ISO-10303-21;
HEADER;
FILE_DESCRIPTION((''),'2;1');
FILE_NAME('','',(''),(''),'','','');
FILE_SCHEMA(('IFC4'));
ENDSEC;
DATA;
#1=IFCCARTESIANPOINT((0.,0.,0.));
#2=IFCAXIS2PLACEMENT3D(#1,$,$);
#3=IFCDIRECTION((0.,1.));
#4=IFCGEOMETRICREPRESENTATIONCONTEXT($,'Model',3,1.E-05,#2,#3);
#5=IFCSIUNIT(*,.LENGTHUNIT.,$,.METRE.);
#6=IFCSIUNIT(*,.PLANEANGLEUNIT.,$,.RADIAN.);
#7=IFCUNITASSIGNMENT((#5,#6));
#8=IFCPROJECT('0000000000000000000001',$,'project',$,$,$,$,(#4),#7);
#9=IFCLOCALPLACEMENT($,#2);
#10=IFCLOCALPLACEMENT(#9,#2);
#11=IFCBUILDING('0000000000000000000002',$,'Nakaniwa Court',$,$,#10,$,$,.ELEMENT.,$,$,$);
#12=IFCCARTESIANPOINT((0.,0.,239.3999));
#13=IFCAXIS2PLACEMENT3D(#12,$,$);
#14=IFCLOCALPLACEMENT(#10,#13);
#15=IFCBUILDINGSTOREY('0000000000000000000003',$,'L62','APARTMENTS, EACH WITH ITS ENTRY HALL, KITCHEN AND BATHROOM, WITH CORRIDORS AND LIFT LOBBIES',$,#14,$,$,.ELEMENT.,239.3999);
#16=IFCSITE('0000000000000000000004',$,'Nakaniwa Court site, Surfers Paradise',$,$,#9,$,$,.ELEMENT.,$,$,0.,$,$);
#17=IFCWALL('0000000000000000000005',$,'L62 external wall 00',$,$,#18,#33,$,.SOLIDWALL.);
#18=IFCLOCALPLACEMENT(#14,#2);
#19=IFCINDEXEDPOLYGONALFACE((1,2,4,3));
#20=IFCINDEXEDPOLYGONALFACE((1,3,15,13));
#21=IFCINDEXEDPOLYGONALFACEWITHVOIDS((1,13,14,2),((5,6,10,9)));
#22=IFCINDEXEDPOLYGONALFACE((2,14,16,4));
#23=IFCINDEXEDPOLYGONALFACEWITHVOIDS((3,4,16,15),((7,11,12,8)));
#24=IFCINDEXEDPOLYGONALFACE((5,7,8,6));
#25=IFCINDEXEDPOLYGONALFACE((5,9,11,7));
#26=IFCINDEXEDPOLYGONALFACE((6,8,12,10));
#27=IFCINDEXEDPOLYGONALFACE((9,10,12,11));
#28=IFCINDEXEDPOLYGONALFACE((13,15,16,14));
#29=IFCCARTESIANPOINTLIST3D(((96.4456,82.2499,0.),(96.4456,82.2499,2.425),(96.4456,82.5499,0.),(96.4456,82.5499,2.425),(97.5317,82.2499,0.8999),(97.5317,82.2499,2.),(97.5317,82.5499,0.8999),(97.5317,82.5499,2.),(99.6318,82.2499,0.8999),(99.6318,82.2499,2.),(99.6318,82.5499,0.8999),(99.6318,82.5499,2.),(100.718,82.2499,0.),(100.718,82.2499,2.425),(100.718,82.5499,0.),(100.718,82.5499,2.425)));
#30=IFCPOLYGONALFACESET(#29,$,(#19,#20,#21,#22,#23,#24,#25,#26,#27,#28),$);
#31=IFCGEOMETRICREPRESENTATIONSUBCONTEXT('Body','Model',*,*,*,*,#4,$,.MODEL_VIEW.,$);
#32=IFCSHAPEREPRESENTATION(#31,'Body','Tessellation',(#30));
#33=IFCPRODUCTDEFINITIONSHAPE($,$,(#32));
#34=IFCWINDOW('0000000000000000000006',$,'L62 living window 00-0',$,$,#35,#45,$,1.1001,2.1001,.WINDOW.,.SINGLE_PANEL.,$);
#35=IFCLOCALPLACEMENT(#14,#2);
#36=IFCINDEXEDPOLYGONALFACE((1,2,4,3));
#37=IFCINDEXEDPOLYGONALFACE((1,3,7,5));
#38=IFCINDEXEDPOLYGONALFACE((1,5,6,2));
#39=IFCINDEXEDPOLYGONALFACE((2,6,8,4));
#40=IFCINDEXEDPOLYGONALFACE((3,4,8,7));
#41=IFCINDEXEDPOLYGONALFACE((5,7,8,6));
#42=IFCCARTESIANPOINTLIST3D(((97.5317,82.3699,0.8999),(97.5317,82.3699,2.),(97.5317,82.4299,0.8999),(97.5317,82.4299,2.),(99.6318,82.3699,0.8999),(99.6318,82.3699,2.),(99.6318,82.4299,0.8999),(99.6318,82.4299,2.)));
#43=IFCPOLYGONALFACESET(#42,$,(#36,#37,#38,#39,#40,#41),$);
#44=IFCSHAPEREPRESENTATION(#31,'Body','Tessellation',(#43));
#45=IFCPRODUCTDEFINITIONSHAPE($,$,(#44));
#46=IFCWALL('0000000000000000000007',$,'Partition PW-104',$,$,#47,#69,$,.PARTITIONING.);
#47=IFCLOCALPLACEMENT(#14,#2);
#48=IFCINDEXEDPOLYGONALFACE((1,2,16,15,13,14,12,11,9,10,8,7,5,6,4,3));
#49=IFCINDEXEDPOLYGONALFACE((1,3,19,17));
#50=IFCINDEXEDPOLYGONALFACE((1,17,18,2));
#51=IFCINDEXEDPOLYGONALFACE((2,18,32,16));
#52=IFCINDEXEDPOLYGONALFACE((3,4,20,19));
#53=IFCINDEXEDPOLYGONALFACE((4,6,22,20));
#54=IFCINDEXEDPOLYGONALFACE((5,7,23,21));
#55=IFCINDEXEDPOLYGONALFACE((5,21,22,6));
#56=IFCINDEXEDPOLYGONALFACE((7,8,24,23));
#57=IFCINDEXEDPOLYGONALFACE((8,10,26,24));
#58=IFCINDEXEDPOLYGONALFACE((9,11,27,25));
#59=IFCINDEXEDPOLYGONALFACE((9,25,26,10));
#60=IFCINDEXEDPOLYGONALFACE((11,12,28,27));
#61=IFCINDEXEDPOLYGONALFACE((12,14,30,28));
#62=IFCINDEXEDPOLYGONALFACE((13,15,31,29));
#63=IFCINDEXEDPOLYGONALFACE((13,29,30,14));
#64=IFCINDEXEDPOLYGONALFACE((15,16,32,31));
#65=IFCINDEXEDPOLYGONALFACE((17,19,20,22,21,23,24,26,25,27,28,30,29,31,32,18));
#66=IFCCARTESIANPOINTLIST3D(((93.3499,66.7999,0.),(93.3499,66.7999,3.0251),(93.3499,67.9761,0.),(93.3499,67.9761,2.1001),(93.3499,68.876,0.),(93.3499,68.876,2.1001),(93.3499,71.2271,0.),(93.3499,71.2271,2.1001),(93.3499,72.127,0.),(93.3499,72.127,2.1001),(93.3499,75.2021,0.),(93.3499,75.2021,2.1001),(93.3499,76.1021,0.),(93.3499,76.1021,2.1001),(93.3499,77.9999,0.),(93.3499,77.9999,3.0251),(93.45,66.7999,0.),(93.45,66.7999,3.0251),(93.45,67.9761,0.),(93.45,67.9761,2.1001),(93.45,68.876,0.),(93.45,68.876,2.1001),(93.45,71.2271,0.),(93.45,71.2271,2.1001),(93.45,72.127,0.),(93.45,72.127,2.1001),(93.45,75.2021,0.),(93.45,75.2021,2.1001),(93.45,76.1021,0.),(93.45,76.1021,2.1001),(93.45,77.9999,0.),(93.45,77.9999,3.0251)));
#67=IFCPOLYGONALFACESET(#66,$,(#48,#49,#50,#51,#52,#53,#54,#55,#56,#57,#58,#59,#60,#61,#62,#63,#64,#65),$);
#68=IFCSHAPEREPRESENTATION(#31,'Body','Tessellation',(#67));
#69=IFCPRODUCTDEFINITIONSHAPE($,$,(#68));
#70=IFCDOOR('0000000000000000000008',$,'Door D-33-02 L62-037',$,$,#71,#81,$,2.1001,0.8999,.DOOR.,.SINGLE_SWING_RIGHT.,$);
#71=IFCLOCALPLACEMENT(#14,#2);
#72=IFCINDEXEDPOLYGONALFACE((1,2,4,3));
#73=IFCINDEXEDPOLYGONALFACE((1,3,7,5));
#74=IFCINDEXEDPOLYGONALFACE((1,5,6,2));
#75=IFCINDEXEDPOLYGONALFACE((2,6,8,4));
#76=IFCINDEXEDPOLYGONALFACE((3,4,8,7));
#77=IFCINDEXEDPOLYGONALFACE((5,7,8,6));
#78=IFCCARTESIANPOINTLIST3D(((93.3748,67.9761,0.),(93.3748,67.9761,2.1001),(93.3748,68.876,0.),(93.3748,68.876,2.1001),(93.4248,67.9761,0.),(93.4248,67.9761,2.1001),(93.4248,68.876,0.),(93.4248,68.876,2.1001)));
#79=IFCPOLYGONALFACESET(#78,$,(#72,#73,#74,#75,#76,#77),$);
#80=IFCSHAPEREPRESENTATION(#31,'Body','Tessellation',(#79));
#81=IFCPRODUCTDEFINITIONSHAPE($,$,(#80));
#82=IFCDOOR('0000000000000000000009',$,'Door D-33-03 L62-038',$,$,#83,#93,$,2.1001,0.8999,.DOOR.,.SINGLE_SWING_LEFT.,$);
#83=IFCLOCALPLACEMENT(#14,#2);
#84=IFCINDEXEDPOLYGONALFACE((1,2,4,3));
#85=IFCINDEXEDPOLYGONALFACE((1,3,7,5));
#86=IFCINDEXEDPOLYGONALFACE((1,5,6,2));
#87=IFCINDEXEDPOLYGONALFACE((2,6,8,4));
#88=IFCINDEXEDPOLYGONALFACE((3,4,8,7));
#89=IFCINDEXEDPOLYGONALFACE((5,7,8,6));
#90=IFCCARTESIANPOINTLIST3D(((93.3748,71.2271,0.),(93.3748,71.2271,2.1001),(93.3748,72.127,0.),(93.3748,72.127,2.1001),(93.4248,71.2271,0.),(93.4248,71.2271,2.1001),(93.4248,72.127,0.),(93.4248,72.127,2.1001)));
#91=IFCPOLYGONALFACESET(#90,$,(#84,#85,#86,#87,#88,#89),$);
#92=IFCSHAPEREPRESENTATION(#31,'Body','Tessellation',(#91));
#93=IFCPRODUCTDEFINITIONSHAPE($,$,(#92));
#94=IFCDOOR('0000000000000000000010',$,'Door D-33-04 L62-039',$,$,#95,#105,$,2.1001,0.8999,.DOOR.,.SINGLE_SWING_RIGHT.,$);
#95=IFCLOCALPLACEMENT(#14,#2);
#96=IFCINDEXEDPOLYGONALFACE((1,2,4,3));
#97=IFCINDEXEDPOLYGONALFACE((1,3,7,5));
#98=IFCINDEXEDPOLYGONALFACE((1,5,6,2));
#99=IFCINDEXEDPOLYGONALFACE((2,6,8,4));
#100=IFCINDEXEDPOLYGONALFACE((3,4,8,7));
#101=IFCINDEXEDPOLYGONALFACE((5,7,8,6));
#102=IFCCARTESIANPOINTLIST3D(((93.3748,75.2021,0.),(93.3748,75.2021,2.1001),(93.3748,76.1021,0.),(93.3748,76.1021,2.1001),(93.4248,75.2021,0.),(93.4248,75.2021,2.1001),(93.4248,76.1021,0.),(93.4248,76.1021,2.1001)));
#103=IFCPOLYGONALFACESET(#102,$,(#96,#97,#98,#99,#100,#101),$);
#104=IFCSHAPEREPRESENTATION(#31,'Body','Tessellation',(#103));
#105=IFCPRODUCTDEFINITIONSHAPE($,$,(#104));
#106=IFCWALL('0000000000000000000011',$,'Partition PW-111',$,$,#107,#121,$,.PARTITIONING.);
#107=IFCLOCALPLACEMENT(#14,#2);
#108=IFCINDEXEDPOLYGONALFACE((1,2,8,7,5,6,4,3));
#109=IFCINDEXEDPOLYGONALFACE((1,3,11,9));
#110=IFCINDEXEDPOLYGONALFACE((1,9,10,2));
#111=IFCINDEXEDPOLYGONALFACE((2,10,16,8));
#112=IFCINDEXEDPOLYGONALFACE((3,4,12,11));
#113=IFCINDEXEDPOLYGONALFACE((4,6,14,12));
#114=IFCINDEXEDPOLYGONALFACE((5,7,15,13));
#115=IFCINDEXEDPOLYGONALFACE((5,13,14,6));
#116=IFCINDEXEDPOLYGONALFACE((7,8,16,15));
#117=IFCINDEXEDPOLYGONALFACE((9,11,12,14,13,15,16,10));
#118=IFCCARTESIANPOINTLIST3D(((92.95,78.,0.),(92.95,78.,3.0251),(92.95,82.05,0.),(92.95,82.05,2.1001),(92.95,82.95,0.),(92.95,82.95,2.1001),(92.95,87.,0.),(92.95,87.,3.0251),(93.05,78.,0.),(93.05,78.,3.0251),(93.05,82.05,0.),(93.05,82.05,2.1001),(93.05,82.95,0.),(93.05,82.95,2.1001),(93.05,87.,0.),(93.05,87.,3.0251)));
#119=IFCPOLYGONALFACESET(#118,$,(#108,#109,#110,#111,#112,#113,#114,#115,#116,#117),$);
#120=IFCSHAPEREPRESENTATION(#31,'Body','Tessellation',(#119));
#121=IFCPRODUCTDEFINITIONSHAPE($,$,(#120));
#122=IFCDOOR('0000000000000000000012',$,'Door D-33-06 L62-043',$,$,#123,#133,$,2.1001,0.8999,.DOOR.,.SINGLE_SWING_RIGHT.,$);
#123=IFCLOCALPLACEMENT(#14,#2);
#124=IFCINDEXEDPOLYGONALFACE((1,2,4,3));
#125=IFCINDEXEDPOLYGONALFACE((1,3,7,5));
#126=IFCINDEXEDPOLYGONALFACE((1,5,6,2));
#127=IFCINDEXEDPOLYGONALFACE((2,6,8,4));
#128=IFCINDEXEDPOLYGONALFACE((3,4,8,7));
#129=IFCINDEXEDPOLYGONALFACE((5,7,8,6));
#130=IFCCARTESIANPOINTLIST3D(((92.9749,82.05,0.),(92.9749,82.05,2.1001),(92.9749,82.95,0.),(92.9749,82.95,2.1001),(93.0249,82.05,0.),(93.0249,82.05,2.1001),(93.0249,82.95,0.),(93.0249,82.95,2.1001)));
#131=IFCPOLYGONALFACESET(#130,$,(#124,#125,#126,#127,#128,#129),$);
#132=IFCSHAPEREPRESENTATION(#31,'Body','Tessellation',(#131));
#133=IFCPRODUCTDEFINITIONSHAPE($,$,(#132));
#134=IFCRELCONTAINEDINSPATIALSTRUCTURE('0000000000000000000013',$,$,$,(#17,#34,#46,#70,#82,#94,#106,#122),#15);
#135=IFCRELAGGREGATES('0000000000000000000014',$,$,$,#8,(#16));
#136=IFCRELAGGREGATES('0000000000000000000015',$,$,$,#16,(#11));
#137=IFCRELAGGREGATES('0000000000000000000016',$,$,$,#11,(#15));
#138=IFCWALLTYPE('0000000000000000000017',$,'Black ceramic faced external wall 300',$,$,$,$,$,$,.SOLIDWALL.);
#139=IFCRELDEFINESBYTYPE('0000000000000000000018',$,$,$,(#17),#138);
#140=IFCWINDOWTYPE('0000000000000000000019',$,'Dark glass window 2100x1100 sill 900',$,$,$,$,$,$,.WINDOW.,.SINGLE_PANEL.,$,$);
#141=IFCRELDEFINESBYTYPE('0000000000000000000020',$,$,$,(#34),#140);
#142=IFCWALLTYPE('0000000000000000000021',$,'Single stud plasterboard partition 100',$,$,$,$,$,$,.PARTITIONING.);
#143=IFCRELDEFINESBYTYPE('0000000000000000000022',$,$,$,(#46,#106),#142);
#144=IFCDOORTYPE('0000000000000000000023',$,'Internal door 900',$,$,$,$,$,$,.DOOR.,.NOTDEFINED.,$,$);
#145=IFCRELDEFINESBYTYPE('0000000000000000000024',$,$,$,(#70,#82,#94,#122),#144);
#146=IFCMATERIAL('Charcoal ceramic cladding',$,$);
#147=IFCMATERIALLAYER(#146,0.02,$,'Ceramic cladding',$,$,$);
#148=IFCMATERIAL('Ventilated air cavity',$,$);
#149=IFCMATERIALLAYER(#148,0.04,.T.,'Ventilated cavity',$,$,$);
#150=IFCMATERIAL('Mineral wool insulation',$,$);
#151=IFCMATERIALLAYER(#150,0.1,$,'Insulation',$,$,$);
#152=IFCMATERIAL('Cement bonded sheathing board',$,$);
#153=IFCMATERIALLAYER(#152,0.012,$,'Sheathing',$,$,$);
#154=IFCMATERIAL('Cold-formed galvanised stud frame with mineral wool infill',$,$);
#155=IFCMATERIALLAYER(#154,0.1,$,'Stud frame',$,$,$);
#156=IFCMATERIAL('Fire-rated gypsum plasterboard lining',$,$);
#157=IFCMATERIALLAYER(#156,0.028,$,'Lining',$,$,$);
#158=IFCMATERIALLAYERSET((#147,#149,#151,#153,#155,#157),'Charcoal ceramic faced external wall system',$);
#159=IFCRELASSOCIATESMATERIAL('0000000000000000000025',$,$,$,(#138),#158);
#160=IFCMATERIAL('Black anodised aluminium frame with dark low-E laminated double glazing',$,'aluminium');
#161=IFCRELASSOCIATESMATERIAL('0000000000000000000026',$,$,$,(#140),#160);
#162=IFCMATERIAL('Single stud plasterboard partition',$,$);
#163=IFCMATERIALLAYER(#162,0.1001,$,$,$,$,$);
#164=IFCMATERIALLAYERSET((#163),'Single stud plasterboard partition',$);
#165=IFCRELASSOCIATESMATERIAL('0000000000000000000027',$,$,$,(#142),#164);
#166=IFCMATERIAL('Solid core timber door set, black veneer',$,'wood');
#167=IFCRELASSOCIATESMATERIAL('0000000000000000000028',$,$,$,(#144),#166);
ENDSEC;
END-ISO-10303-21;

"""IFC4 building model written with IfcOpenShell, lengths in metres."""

from ifc_helpers import new_model, si_unit, direction, frame, frame_2d, origin, place, context, subcontext, project, spatial, rectangle, extrude, material, layer, layer_set, type_object, element, fill, save


model = new_model("IFC4")

# Units and contexts
model_context = context("Model", 3, precision=1e-05, world=origin(), true_north=direction((0.0, 1.0)))
body_context = subcontext(model_context, "Body", "Model", "MODEL_VIEW")
ifc_project = project(units=[si_unit("LENGTHUNIT", "METRE"), si_unit("PLANEANGLEUNIT", "RADIAN")], contexts=[model_context])

# Site, building, storey
site_placement = place(None, origin())
site = spatial("IfcSite", under=ifc_project, at=site_placement, Name="Nakaniwa Court site, Surfers Paradise", CompositionType="ELEMENT", RefElevation=0.0)
building_placement = place(site_placement, origin())
building = spatial("IfcBuilding", under=site, at=building_placement, Name="Nakaniwa Court", CompositionType="ELEMENT")
storey_placement = place(building_placement, frame((0.0, 0.0, 239.3999)))
storey = spatial("IfcBuildingStorey", under=building, at=storey_placement, Name="L62", Description="APARTMENTS, EACH WITH ITS ENTRY HALL, KITCHEN AND BATHROOM, WITH CORRIDORS AND LIFT LOBBIES", CompositionType="ELEMENT", Elevation=239.3999)

# Shared definitions
ifc_material_1 = material(Name="Solid core timber door set, black veneer", Category="wood")

# Wall, opening, window
ifc_material_2 = material(Name="Charcoal ceramic cladding")
ifc_layer_1 = layer(ifc_material_2, 0.02, Name="Ceramic cladding")
ifc_material_3 = material(Name="Ventilated air cavity")
ifc_layer_2 = layer(ifc_material_3, 0.04, ventilated=True, Name="Ventilated cavity")
ifc_material_4 = material(Name="Mineral wool insulation")
ifc_layer_3 = layer(ifc_material_4, 0.1, Name="Insulation")
ifc_material_5 = material(Name="Cement bonded sheathing board")
ifc_layer_4 = layer(ifc_material_5, 0.012, Name="Sheathing")
ifc_material_6 = material(Name="Cold-formed galvanised stud frame with mineral wool infill")
ifc_layer_5 = layer(ifc_material_6, 0.1, Name="Stud frame")
ifc_material_7 = material(Name="Fire-rated gypsum plasterboard lining")
ifc_layer_6 = layer(ifc_material_7, 0.028, Name="Lining")
ifc_layer_set_1 = layer_set([ifc_layer_1, ifc_layer_2, ifc_layer_3, ifc_layer_4, ifc_layer_5, ifc_layer_6], Name="Charcoal ceramic faced external wall system")
wall_type_1 = type_object("IfcWallType", Name="Black ceramic faced external wall 300", PredefinedType="SOLIDWALL", material=ifc_layer_set_1)
wall_1_placement = place(storey_placement, frame((96.4456, 82.3999, 0.0), z_axis=(0.0, 0.0, 1.0), x_axis=(1.0, 0.0, 0.0)))
wall_1 = element("IfcWall", 1, at=wall_1_placement, inside=storey, type_object=wall_type_1, Name="L62 external wall 00", PredefinedType="SOLIDWALL", context=body_context, shape_type="SweptSolid", body=[
    extrude(rectangle(XDim=4.2725, YDim=0.3, at=frame_2d((2.1362, 0.0))), origin(), (0.0, 0.0, 1.0), 2.425),
])
opening_1_placement = place(wall_1_placement, frame((1.0862, 0.0, 0.8999)))
opening_1 = element("IfcOpeningElement", 2, at=opening_1_placement, cuts=wall_1, PredefinedType="OPENING", context=body_context, shape_type="SweptSolid", body=[
    extrude(rectangle(XDim=2.1001, YDim=1.1001, at=frame_2d((1.05, 0.55))), frame((0.0, 0.1599, 0.0), z_axis=(0.0, -1.0, 0.0), x_axis=(1.0, 0.0, 0.0)), (0.0, 0.0, 1.0), 0.3201),
])
ifc_material_8 = material(Name="Black anodised aluminium frame with dark low-E laminated double glazing", Category="aluminium")
window_type = type_object("IfcWindowType", Name="Dark glass window 2100x1100 sill 900", PartitioningType="SINGLE_PANEL", PredefinedType="WINDOW", material=ifc_material_8)
window_placement = place(opening_1_placement, origin())
window = element("IfcWindow", 3, at=window_placement, inside=storey, type_object=window_type, Name="L62 living window 00-0", OverallHeight=1.1001, OverallWidth=2.1001, PartitioningType="SINGLE_PANEL", PredefinedType="WINDOW", context=body_context, shape_type="SweptSolid", body=[
    extrude(rectangle(XDim=2.1001, YDim=1.1001, at=frame_2d((1.05, 0.55))), frame((0.0, 0.03, 0.0), z_axis=(0.0, -1.0, 0.0), x_axis=(1.0, 0.0, 0.0)), (0.0, 0.0, 1.0), 0.0601),
])
fill(opening_1, window)

# Wall, openings, doors
ifc_material_9 = material(Name="Single stud plasterboard partition")
ifc_layer_7 = layer(ifc_material_9, 0.1001)
ifc_layer_set_2 = layer_set([ifc_layer_7], Name="Single stud plasterboard partition")
wall_type_2 = type_object("IfcWallType", Name="Single stud plasterboard partition 100", PredefinedType="PARTITIONING", material=ifc_layer_set_2)
wall_2_placement = place(storey_placement, frame((93.3999, 78.0, 0.0), z_axis=(0.0, 0.0, 1.0), x_axis=(0.0, -1.0, 0.0)))
wall_2 = element("IfcWall", 4, at=wall_2_placement, inside=storey, type_object=wall_type_2, Name="Partition PW-104", PredefinedType="PARTITIONING", context=body_context, shape_type="SweptSolid", body=[
    extrude(rectangle(XDim=11.2, YDim=0.1001, at=frame_2d((5.6001, 0.0))), origin(), (0.0, 0.0, 1.0), 3.0251),
])
opening_2_placement = place(wall_2_placement, frame((9.124, 0.0, 0.0)))
opening_2 = element("IfcOpeningElement", 5, at=opening_2_placement, cuts=wall_2, PredefinedType="OPENING", context=body_context, shape_type="SweptSolid", body=[
    extrude(rectangle(XDim=0.8999, YDim=2.1001, at=frame_2d((0.45, 1.05))), frame((0.0, 0.0601, 0.0), z_axis=(0.0, -1.0, 0.0), x_axis=(1.0, 0.0, 0.0)), (0.0, 0.0, 1.0), 0.1201),
])
opening_3_placement = place(wall_2_placement, frame((5.873, 0.0, 0.0)))
opening_3 = element("IfcOpeningElement", 6, at=opening_3_placement, cuts=wall_2, PredefinedType="OPENING", context=body_context, shape_type="SweptSolid", body=[
    extrude(rectangle(XDim=0.8999, YDim=2.1001, at=frame_2d((0.45, 1.05))), frame((0.0, 0.0601, 0.0), z_axis=(0.0, -1.0, 0.0), x_axis=(1.0, 0.0, 0.0)), (0.0, 0.0, 1.0), 0.1201),
])
opening_4_placement = place(wall_2_placement, frame((1.8979, 0.0, 0.0)))
opening_4 = element("IfcOpeningElement", 7, at=opening_4_placement, cuts=wall_2, PredefinedType="OPENING", context=body_context, shape_type="SweptSolid", body=[
    extrude(rectangle(XDim=0.8999, YDim=2.1001, at=frame_2d((0.45, 1.05))), frame((0.0, 0.0601, 0.0), z_axis=(0.0, -1.0, 0.0), x_axis=(1.0, 0.0, 0.0)), (0.0, 0.0, 1.0), 0.1201),
])
door_type_1 = type_object("IfcDoorType", Name="Internal door 900", OperationType="NOTDEFINED", PredefinedType="DOOR", material=ifc_material_1)
door_1_placement = place(opening_2_placement, origin())
door_1 = element("IfcDoor", 8, at=door_1_placement, inside=storey, type_object=door_type_1, Name="Door D-33-02 L62-037", OperationType="SINGLE_SWING_RIGHT", OverallHeight=2.1001, OverallWidth=0.8999, PredefinedType="DOOR", context=body_context, shape_type="SweptSolid", body=[
    extrude(rectangle(XDim=0.8999, YDim=2.1001, at=frame_2d((0.45, 1.05))), frame((0.0, 0.0249, 0.0), z_axis=(0.0, -1.0, 0.0), x_axis=(1.0, 0.0, 0.0)), (0.0, 0.0, 1.0), 0.05),
])
fill(opening_2, door_1)
door_2_placement = place(opening_3_placement, origin())
door_2 = element("IfcDoor", 9, at=door_2_placement, inside=storey, type_object=door_type_1, Name="Door D-33-03 L62-038", OperationType="SINGLE_SWING_LEFT", OverallHeight=2.1001, OverallWidth=0.8999, PredefinedType="DOOR", context=body_context, shape_type="SweptSolid", body=[
    extrude(rectangle(XDim=0.8999, YDim=2.1001, at=frame_2d((0.45, 1.05))), frame((0.0, 0.0249, 0.0), z_axis=(0.0, -1.0, 0.0), x_axis=(1.0, 0.0, 0.0)), (0.0, 0.0, 1.0), 0.05),
])
fill(opening_3, door_2)
door_3_placement = place(opening_4_placement, origin())
door_3 = element("IfcDoor", 10, at=door_3_placement, inside=storey, type_object=door_type_1, Name="Door D-33-04 L62-039", OperationType="SINGLE_SWING_RIGHT", OverallHeight=2.1001, OverallWidth=0.8999, PredefinedType="DOOR", context=body_context, shape_type="SweptSolid", body=[
    extrude(rectangle(XDim=0.8999, YDim=2.1001, at=frame_2d((0.45, 1.05))), frame((0.0, 0.0249, 0.0), z_axis=(0.0, -1.0, 0.0), x_axis=(1.0, 0.0, 0.0)), (0.0, 0.0, 1.0), 0.05),
])
fill(opening_4, door_3)

# Wall, opening, door
wall_3_placement = place(storey_placement, frame((93.0, 87.0, 0.0), z_axis=(0.0, 0.0, 1.0), x_axis=(0.0, -1.0, 0.0)))
wall_3 = element("IfcWall", 11, at=wall_3_placement, inside=storey, type_object=wall_type_2, Name="Partition PW-111", PredefinedType="PARTITIONING", context=body_context, shape_type="SweptSolid", body=[
    extrude(rectangle(XDim=9.0, YDim=0.1001, at=frame_2d((4.5, 0.0))), origin(), (0.0, 0.0, 1.0), 3.0251),
])
opening_5_placement = place(wall_3_placement, frame((4.05, 0.0, 0.0)))
opening_5 = element("IfcOpeningElement", 12, at=opening_5_placement, cuts=wall_3, PredefinedType="OPENING", context=body_context, shape_type="SweptSolid", body=[
    extrude(rectangle(XDim=0.8999, YDim=2.1001, at=frame_2d((0.45, 1.05))), frame((0.0, 0.0601, 0.0), z_axis=(0.0, -1.0, 0.0), x_axis=(1.0, 0.0, 0.0)), (0.0, 0.0, 1.0), 0.1201),
])
door_4_placement = place(opening_5_placement, origin())
door_4 = element("IfcDoor", 13, at=door_4_placement, inside=storey, type_object=door_type_1, Name="Door D-33-06 L62-043", OperationType="SINGLE_SWING_RIGHT", OverallHeight=2.1001, OverallWidth=0.8999, PredefinedType="DOOR", context=body_context, shape_type="SweptSolid", body=[
    extrude(rectangle(XDim=0.8999, YDim=2.1001, at=frame_2d((0.45, 1.05))), frame((0.0, 0.0249, 0.0), z_axis=(0.0, -1.0, 0.0), x_axis=(1.0, 0.0, 0.0)), (0.0, 0.0, 1.0), 0.05),
])
fill(opening_5, door_4)

save(model, "model.ifc")
